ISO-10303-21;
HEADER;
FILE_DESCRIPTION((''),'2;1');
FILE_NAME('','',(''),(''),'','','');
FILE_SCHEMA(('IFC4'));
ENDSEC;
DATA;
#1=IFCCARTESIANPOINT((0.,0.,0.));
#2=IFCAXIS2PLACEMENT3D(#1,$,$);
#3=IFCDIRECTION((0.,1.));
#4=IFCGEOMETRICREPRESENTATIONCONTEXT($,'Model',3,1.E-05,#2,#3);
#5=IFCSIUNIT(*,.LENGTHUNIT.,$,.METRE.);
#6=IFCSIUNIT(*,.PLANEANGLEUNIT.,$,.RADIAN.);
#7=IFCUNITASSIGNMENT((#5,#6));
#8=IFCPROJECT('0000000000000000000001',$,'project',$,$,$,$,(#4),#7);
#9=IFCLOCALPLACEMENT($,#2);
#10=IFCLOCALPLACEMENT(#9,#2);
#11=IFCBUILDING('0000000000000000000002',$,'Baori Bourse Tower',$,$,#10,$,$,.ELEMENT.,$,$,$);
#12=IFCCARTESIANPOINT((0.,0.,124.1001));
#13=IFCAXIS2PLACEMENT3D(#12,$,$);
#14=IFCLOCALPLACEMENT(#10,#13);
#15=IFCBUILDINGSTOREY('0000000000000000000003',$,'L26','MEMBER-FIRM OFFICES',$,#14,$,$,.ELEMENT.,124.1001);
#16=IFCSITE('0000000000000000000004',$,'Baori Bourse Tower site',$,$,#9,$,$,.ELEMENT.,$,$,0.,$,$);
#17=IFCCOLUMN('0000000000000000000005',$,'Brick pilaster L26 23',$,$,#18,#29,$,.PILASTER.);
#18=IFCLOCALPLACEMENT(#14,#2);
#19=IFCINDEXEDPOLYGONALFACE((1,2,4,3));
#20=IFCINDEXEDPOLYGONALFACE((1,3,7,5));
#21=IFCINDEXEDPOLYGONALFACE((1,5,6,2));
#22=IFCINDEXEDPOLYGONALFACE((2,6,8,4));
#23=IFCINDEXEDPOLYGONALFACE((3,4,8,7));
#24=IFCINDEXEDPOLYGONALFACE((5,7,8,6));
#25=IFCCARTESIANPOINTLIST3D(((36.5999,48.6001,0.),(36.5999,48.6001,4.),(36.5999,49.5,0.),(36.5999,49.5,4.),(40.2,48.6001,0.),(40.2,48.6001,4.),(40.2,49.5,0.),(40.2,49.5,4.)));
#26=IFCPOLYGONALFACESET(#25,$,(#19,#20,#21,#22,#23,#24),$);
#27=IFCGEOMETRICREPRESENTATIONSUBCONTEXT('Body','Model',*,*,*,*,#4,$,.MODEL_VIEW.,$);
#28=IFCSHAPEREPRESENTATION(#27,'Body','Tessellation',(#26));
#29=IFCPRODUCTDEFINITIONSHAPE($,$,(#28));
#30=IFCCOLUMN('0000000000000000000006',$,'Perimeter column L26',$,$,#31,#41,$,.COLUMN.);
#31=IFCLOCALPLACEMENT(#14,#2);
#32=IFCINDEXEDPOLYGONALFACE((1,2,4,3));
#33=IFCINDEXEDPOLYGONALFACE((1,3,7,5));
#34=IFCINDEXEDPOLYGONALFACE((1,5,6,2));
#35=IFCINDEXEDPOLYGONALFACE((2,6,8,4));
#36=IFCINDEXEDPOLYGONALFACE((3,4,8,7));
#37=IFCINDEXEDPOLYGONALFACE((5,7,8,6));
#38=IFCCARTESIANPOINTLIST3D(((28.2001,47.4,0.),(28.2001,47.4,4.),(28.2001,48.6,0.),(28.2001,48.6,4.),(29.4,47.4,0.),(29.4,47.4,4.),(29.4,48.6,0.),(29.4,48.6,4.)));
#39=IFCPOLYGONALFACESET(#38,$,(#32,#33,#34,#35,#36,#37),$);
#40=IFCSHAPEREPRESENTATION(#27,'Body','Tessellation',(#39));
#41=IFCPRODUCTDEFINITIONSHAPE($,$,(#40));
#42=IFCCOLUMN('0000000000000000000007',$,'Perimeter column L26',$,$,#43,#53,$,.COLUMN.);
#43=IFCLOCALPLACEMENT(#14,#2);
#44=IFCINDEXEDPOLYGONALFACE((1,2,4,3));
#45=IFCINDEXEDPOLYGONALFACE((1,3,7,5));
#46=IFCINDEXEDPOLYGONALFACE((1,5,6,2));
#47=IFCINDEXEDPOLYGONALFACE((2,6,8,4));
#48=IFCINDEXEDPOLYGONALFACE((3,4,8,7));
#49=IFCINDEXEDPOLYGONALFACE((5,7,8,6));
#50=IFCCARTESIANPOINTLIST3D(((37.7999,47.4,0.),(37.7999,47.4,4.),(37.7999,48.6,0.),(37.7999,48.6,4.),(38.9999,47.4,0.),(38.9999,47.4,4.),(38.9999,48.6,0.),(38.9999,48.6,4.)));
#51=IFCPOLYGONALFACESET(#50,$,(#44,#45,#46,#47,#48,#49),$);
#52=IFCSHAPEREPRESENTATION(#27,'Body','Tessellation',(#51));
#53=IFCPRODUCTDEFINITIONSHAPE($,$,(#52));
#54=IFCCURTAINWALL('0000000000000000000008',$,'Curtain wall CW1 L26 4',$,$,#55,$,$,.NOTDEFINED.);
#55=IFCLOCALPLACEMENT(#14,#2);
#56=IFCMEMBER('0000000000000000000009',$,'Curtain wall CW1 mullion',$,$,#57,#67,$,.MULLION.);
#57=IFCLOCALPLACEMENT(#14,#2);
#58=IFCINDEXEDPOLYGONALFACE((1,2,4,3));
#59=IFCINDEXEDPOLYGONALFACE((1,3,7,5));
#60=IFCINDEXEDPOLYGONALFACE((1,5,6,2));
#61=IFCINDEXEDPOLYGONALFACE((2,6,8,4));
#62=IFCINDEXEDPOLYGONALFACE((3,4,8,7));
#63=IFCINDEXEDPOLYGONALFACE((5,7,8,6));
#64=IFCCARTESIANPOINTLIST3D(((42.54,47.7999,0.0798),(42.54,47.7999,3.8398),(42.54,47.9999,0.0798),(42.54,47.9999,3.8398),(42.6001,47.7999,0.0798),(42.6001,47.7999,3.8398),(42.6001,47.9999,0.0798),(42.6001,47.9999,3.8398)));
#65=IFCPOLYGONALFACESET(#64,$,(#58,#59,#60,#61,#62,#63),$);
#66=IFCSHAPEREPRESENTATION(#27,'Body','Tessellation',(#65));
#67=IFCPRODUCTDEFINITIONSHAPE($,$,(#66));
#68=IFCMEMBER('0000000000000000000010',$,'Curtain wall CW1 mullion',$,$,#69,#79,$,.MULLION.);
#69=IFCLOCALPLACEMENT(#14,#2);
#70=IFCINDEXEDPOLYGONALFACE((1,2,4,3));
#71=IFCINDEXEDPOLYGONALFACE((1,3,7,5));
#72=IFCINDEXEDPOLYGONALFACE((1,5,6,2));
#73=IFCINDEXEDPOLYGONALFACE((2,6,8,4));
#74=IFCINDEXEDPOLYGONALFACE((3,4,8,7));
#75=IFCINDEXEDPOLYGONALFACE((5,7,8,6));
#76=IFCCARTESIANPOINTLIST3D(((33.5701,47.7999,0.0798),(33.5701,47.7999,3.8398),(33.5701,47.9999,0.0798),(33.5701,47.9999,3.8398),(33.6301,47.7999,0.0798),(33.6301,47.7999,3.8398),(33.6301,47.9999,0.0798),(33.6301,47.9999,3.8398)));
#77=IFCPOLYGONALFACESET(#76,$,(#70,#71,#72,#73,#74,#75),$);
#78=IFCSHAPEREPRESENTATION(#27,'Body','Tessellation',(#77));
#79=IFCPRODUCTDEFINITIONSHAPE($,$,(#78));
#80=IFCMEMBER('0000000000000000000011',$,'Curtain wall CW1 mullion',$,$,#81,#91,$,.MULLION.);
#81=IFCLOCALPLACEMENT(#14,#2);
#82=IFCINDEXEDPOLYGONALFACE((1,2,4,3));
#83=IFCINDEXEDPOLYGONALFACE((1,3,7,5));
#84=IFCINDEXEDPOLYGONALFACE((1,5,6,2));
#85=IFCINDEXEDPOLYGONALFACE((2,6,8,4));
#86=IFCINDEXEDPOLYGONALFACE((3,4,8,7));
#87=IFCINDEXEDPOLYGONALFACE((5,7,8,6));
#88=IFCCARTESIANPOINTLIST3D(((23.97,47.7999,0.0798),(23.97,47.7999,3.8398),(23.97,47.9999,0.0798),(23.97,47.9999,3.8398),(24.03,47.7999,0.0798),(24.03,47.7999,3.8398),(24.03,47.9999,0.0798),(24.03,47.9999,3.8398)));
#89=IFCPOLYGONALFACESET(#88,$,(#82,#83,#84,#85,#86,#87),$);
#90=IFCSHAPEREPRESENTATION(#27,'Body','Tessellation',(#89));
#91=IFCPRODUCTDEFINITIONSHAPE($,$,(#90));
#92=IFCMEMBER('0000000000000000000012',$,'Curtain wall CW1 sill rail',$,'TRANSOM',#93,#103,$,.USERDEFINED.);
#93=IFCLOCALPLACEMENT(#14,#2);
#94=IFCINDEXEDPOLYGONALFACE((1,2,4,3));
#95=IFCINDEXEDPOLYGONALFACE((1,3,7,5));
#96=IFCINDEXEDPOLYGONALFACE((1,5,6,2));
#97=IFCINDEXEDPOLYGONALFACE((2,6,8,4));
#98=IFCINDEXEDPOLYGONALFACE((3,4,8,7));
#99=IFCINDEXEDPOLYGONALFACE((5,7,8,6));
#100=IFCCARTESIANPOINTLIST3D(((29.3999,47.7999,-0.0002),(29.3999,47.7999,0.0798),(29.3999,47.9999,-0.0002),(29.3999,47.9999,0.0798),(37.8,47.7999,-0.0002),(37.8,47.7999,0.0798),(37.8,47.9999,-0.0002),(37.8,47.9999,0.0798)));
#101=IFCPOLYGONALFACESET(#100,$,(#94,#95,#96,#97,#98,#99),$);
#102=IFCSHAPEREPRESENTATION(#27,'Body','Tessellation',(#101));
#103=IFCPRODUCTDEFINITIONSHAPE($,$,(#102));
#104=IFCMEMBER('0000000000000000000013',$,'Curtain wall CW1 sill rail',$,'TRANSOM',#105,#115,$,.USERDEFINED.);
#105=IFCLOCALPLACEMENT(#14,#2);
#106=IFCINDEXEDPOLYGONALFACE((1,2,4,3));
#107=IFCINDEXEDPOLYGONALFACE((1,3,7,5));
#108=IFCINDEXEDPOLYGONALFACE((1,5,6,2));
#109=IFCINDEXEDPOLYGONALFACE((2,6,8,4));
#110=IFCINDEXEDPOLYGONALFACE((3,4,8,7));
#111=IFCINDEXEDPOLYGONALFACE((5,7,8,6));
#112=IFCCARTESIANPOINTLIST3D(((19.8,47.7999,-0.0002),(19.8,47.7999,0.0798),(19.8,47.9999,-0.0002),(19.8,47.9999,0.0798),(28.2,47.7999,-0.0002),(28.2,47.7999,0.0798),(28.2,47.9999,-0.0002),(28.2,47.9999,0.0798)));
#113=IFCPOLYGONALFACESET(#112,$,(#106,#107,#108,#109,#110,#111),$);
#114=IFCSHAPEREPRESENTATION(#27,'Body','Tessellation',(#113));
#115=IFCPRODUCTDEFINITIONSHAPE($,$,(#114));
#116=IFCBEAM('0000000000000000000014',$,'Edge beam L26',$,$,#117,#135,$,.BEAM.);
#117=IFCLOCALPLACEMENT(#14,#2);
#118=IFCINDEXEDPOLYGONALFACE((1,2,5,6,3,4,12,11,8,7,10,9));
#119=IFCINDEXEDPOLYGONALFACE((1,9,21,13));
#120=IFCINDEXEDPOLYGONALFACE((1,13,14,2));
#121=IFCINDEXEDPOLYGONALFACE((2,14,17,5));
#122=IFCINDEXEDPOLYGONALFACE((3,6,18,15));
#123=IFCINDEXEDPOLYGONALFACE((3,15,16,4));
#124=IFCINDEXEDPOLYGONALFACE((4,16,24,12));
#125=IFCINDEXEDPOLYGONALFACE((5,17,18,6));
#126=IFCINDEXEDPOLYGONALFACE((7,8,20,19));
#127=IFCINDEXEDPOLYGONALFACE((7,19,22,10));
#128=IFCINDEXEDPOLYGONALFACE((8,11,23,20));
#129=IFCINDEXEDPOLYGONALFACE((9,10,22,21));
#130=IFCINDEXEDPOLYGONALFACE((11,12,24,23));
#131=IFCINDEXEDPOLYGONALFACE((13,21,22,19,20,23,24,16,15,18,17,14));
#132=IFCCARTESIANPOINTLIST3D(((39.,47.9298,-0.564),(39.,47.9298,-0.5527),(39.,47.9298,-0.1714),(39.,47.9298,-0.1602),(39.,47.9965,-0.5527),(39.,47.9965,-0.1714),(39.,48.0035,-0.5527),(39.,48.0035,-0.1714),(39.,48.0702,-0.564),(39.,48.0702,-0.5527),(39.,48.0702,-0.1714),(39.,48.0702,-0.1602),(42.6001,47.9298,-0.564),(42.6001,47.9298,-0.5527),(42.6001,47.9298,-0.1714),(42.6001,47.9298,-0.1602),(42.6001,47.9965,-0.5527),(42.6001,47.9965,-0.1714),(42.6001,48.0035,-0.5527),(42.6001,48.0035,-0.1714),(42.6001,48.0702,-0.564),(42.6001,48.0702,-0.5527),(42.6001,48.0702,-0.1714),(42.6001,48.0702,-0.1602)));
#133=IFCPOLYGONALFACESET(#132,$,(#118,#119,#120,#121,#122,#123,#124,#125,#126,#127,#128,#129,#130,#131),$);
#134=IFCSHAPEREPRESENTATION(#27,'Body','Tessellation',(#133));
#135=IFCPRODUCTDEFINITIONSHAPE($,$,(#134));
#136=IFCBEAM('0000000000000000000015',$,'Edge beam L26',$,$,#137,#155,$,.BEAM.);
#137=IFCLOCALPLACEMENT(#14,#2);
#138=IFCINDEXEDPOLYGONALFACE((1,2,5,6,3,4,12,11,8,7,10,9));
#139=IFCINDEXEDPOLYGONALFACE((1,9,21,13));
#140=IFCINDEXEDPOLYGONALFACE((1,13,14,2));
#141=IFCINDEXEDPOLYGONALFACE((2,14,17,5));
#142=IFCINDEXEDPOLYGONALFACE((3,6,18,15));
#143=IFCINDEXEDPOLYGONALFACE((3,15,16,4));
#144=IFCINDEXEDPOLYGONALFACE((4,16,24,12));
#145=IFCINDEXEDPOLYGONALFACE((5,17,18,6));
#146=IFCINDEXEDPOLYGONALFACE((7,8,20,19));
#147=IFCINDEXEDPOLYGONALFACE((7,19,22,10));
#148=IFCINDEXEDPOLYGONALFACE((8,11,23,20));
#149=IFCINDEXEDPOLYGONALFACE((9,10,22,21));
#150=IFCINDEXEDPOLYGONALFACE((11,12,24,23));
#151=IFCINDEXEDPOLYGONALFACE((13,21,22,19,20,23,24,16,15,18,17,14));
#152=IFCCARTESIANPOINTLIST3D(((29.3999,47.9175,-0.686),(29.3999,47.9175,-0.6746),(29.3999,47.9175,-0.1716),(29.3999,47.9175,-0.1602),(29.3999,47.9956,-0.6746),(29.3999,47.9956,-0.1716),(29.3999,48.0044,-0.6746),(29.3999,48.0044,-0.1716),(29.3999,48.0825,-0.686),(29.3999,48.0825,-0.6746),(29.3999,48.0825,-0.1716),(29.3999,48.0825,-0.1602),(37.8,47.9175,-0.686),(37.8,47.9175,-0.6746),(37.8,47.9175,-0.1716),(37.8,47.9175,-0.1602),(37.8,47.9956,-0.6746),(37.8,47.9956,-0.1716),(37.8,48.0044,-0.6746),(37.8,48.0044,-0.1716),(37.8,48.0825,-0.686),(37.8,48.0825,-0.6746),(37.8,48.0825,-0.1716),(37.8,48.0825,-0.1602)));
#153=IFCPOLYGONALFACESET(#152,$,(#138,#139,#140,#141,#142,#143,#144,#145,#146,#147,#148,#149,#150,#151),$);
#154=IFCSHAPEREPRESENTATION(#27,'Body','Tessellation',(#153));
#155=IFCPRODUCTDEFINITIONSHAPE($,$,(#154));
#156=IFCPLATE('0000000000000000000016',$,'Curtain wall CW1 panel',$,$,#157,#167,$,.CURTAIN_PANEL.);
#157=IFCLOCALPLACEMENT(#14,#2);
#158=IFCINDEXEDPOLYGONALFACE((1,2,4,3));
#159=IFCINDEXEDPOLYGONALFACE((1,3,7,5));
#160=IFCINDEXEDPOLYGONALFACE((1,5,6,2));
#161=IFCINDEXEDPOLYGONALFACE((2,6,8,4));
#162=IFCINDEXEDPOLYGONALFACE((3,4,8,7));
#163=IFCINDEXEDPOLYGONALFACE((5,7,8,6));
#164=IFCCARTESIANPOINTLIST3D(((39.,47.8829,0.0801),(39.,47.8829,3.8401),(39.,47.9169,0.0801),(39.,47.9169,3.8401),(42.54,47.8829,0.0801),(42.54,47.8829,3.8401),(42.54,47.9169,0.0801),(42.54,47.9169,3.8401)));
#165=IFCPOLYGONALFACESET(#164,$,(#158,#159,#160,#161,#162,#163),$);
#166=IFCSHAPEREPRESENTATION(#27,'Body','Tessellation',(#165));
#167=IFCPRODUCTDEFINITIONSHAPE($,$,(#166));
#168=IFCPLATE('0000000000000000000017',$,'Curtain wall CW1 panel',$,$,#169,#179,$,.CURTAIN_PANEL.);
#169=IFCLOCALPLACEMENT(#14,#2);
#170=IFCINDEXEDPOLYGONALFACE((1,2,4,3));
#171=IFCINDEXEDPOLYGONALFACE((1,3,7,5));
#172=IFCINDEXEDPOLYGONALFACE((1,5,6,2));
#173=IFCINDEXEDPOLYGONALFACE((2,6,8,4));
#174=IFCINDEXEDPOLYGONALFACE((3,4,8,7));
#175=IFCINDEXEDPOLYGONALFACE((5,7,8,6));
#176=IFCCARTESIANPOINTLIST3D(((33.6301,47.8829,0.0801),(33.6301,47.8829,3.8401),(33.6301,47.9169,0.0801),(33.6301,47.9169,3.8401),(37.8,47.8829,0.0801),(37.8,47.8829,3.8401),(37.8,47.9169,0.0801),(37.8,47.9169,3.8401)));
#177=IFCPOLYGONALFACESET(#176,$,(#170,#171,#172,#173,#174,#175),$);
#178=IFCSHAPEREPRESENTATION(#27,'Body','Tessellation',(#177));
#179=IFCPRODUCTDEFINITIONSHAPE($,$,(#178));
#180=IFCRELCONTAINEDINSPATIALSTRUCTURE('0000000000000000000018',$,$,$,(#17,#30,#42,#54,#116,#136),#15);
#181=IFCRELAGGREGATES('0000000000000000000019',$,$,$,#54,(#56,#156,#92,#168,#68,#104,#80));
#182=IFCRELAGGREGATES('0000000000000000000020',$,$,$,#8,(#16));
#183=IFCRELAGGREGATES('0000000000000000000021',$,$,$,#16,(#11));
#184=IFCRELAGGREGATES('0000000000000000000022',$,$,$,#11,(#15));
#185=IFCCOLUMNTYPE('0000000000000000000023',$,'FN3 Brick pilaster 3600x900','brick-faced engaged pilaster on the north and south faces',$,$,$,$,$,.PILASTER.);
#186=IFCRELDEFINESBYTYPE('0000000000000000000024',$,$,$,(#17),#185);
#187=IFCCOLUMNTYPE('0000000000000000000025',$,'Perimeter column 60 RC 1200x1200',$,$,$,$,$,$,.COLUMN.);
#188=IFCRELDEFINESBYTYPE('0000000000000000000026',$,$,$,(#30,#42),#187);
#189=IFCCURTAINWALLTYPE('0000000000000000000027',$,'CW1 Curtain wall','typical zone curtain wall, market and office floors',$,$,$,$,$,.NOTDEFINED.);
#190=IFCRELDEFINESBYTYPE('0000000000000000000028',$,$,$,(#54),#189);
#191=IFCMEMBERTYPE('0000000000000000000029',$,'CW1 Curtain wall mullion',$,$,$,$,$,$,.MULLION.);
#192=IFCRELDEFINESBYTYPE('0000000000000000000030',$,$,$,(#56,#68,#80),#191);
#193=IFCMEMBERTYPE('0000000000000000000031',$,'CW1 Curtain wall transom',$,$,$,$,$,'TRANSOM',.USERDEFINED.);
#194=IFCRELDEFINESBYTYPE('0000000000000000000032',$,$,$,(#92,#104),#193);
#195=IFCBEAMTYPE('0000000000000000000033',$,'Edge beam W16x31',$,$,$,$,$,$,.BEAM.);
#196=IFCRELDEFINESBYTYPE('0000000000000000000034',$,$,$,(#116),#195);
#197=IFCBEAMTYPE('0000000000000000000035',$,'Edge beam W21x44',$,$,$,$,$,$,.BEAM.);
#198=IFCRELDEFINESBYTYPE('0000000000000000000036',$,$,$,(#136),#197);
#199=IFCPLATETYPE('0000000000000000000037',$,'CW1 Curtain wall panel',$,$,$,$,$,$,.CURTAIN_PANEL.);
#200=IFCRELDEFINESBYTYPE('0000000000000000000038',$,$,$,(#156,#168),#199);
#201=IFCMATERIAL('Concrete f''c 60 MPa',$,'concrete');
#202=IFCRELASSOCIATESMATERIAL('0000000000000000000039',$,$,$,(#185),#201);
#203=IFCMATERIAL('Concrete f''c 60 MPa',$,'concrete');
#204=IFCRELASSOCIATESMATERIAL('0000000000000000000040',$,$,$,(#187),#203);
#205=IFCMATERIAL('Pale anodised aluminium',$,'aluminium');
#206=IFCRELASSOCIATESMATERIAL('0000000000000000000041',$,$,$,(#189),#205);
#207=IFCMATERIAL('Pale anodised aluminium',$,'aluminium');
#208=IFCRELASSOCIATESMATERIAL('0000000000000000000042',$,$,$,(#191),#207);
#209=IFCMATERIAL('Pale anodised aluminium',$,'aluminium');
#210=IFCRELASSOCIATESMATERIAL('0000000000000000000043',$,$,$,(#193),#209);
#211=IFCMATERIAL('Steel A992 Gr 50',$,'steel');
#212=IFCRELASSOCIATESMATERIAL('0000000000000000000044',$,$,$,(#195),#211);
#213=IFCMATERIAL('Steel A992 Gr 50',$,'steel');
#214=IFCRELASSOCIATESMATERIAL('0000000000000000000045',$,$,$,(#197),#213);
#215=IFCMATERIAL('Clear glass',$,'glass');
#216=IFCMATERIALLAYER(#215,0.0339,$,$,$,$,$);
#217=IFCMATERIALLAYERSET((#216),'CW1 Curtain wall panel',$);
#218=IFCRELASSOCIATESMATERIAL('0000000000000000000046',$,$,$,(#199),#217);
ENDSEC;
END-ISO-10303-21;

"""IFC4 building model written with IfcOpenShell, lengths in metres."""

from ifc_helpers import new_model, si_unit, direction, frame, origin, origin_2d, place, context, subcontext, project, spatial, rectangle, i_section, extrude, material, layer, layer_set, material_profile, profile_set, type_object, element, aggregate, save


model = new_model("IFC4")

# Units and contexts
model_context = context("Model", 3, precision=1e-05, world=origin(), true_north=direction((0.0, 1.0)))
body_context = subcontext(model_context, "Body", "Model", "MODEL_VIEW")
ifc_project = project(units=[si_unit("LENGTHUNIT", "METRE"), si_unit("PLANEANGLEUNIT", "RADIAN")], contexts=[model_context])

# Site, building, storey
site_placement = place(None, origin())
site = spatial("IfcSite", under=ifc_project, at=site_placement, Name="Baori Bourse Tower site", CompositionType="ELEMENT", RefElevation=0.0)
building_placement = place(site_placement, origin())
building = spatial("IfcBuilding", under=site, at=building_placement, Name="Baori Bourse Tower", CompositionType="ELEMENT")
storey_placement = place(building_placement, frame((0.0, 0.0, 124.1001)))
storey = spatial("IfcBuildingStorey", under=building, at=storey_placement, Name="L26", Description="MEMBER-FIRM OFFICES", CompositionType="ELEMENT", Elevation=124.1001)

# Columns
ifc_material_1 = material(Name="Concrete f'c 60 MPa", Category="concrete")
ifc_material_profile_1 = material_profile(ifc_material_1, rectangle(XDim=3.6001, YDim=0.8999, at=origin_2d()), Name="RC 3600x900")
ifc_profile_set_1 = profile_set([ifc_material_profile_1], Name="Concrete f'c 60 MPa")
column_type_1 = type_object("IfcColumnType", Name="FN3 Brick pilaster 3600x900", Description="brick-faced engaged pilaster on the north and south faces", PredefinedType="PILASTER", material=ifc_profile_set_1)
column_placement = place(storey_placement, frame((38.3999, 49.05, 0.0), z_axis=(0.0, 0.0, 1.0), x_axis=(1.0, 0.0, 0.0)))
element("IfcColumn", 1, at=column_placement, inside=storey, type_object=column_type_1, Name="Brick pilaster L26 23", PredefinedType="PILASTER", context=body_context, shape_type="SweptSolid", body=[
    extrude(rectangle(XDim=3.6001, YDim=0.8999, at=origin_2d()), origin(), (0.0, 0.0, 1.0), 4.0),
])
ifc_material_2 = material(Name="Concrete f'c 60 MPa", Category="concrete")
ifc_material_profile_2 = material_profile(ifc_material_2, rectangle(XDim=1.2, YDim=1.2, at=origin_2d()), Name="RC 1200x1200")
ifc_profile_set_2 = profile_set([ifc_material_profile_2], Name="Concrete f'c 60 MPa")
column_type_2 = type_object("IfcColumnType", Name="Perimeter column 60 RC 1200x1200", PredefinedType="COLUMN", material=ifc_profile_set_2)
for number, where, z_axis, x_axis, name in (
    (2, (28.8, 48.0, 0.0), (0.0, 0.0, 1.0), (1.0, 0.0, 0.0), "Perimeter column L26"),
    (3, (38.3999, 48.0, 0.0), (0.0, 0.0, 1.0), (1.0, 0.0, 0.0), "Perimeter column L26"),
):
    element("IfcColumn", number, at=place(storey_placement, frame(where, z_axis=z_axis, x_axis=x_axis)), inside=storey, type_object=column_type_2, Name=name, PredefinedType="COLUMN", context=body_context, shape_type="SweptSolid", body=[
        extrude(rectangle(XDim=1.2, YDim=1.2, at=origin_2d()), origin(), (0.0, 0.0, 1.0), 4.0),
    ])

# Curtain wall, members
ifc_material_3 = material(Name="Pale anodised aluminium", Category="aluminium")
curtain_wall_type = type_object("IfcCurtainWallType", Name="CW1 Curtain wall", Description="typical zone curtain wall, market and office floors", PredefinedType="NOTDEFINED", material=ifc_material_3)
curtain_wall_placement = place(storey_placement, origin())
curtain_wall = element("IfcCurtainWall", 4, at=curtain_wall_placement, inside=storey, type_object=curtain_wall_type, Name="Curtain wall CW1 L26 4", PredefinedType="NOTDEFINED")
ifc_material_4 = material(Name="Pale anodised aluminium", Category="aluminium")
ifc_material_profile_3 = material_profile(ifc_material_4, rectangle(XDim=0.2, YDim=0.0601, at=origin_2d()), Name="Mullion 60x200")
ifc_profile_set_3 = profile_set([ifc_material_profile_3], Name="Pale anodised aluminium")
member_type_1 = type_object("IfcMemberType", Name="CW1 Curtain wall mullion", PredefinedType="MULLION", material=ifc_profile_set_3)
member_1_placement = place(storey_placement, frame((42.5701, 47.8999, 0.0798), z_axis=(0.0, 0.0, 1.0), x_axis=(0.0, -1.0, 0.0)))
member_1 = element("IfcMember", 5, at=member_1_placement, type_object=member_type_1, Name="Curtain wall CW1 mullion", PredefinedType="MULLION", context=body_context, shape_type="SweptSolid", body=[
    extrude(rectangle(XDim=0.2, YDim=0.0601, at=origin_2d()), origin(), (0.0, 0.0, 1.0), 3.76),
])
member_2_placement = place(storey_placement, frame((33.6001, 47.8999, 0.0798), z_axis=(0.0, 0.0, 1.0), x_axis=(0.0, -1.0, 0.0)))
member_2 = element("IfcMember", 6, at=member_2_placement, type_object=member_type_1, Name="Curtain wall CW1 mullion", PredefinedType="MULLION", context=body_context, shape_type="SweptSolid", body=[
    extrude(rectangle(XDim=0.2, YDim=0.0601, at=origin_2d()), origin(), (0.0, 0.0, 1.0), 3.76),
])
member_3_placement = place(storey_placement, frame((24.0, 47.8999, 0.0798), z_axis=(0.0, 0.0, 1.0), x_axis=(0.0, -1.0, 0.0)))
member_3 = element("IfcMember", 7, at=member_3_placement, type_object=member_type_1, Name="Curtain wall CW1 mullion", PredefinedType="MULLION", context=body_context, shape_type="SweptSolid", body=[
    extrude(rectangle(XDim=0.2, YDim=0.0601, at=origin_2d()), origin(), (0.0, 0.0, 1.0), 3.76),
])
ifc_material_5 = material(Name="Pale anodised aluminium", Category="aluminium")
ifc_material_profile_4 = material_profile(ifc_material_5, rectangle(XDim=0.2, YDim=0.0801, at=origin_2d()), Name="Transom 80x200")
ifc_profile_set_4 = profile_set([ifc_material_profile_4], Name="Pale anodised aluminium")
member_type_2 = type_object("IfcMemberType", Name="CW1 Curtain wall transom", ElementType="TRANSOM", PredefinedType="USERDEFINED", material=ifc_profile_set_4)
member_4_placement = place(storey_placement, frame((37.8, 47.8999, 0.0398), z_axis=(-1.0, 0.0, 0.0), x_axis=(0.0, -1.0, 0.0)))
member_4 = element("IfcMember", 8, at=member_4_placement, type_object=member_type_2, Name="Curtain wall CW1 sill rail", ObjectType="TRANSOM", PredefinedType="USERDEFINED", context=body_context, shape_type="SweptSolid", body=[
    extrude(rectangle(XDim=0.2, YDim=0.0801, at=origin_2d()), origin(), (0.0, 0.0, 1.0), 8.4001),
])
member_5_placement = place(storey_placement, frame((28.2, 47.8999, 0.0398), z_axis=(-1.0, 0.0, 0.0), x_axis=(0.0, -1.0, 0.0)))
member_5 = element("IfcMember", 9, at=member_5_placement, type_object=member_type_2, Name="Curtain wall CW1 sill rail", ObjectType="TRANSOM", PredefinedType="USERDEFINED", context=body_context, shape_type="SweptSolid", body=[
    extrude(rectangle(XDim=0.2, YDim=0.0801, at=origin_2d()), origin(), (0.0, 0.0, 1.0), 8.3999),
])

# Beams
ifc_material_6 = material(Name="Steel A992 Gr 50", Category="steel")
ifc_material_profile_5 = material_profile(ifc_material_6, i_section(OverallWidth=0.1404, OverallDepth=0.4038, WebThickness=0.0071, FlangeThickness=0.0112, at=origin_2d()), Name="W16x31")
ifc_profile_set_5 = profile_set([ifc_material_profile_5], Name="Steel A992 Gr 50")
beam_type_1 = type_object("IfcBeamType", Name="Edge beam W16x31", PredefinedType="BEAM", material=ifc_profile_set_5)
beam_1_placement = place(storey_placement, frame((39.0, 48.0, -0.3621), z_axis=(1.0, 0.0, 0.0), x_axis=(0.0, 1.0, 0.0)))
element("IfcBeam", 10, at=beam_1_placement, inside=storey, type_object=beam_type_1, Name="Edge beam L26", PredefinedType="BEAM", context=body_context, shape_type="SweptSolid", body=[
    extrude(i_section(OverallWidth=0.1404, OverallDepth=0.4038, WebThickness=0.0071, FlangeThickness=0.0112, at=origin_2d()), origin(), (0.0, 0.0, 1.0), 3.6001),
])
ifc_material_7 = material(Name="Steel A992 Gr 50", Category="steel")
ifc_material_profile_6 = material_profile(ifc_material_7, i_section(OverallWidth=0.165, OverallDepth=0.5259, WebThickness=0.0088, FlangeThickness=0.0115, at=origin_2d()), Name="W21x44")
ifc_profile_set_6 = profile_set([ifc_material_profile_6], Name="Steel A992 Gr 50")
beam_type_2 = type_object("IfcBeamType", Name="Edge beam W21x44", PredefinedType="BEAM", material=ifc_profile_set_6)
beam_2_placement = place(storey_placement, frame((29.3999, 48.0, -0.4231), z_axis=(1.0, 0.0, 0.0), x_axis=(0.0, 1.0, 0.0)))
element("IfcBeam", 11, at=beam_2_placement, inside=storey, type_object=beam_type_2, Name="Edge beam L26", PredefinedType="BEAM", context=body_context, shape_type="SweptSolid", body=[
    extrude(i_section(OverallWidth=0.165, OverallDepth=0.5259, WebThickness=0.0088, FlangeThickness=0.0115, at=origin_2d()), origin(), (0.0, 0.0, 1.0), 8.4001),
])

# Plates
ifc_material_8 = material(Name="Clear glass", Category="glass")
ifc_layer = layer(ifc_material_8, 0.0339)
ifc_layer_set = layer_set([ifc_layer], Name="CW1 Curtain wall panel")
plate_type = type_object("IfcPlateType", Name="CW1 Curtain wall panel", PredefinedType="CURTAIN_PANEL", material=ifc_layer_set)
plate_1_placement = place(storey_placement, frame((40.77, 47.8999, 0.0801), z_axis=(0.0, 0.0, 1.0), x_axis=(-1.0, 0.0, 0.0)))
plate_1 = element("IfcPlate", 12, at=plate_1_placement, type_object=plate_type, Name="Curtain wall CW1 panel", PredefinedType="CURTAIN_PANEL", context=body_context, shape_type="SweptSolid", body=[
    extrude(rectangle(XDim=3.54, YDim=0.0339, at=origin_2d()), origin(), (0.0, 0.0, 1.0), 3.76),
])
plate_2_placement = place(storey_placement, frame((35.7151, 47.8999, 0.0801), z_axis=(0.0, 0.0, 1.0), x_axis=(-1.0, 0.0, 0.0)))
plate_2 = element("IfcPlate", 13, at=plate_2_placement, type_object=plate_type, Name="Curtain wall CW1 panel", PredefinedType="CURTAIN_PANEL", context=body_context, shape_type="SweptSolid", body=[
    extrude(rectangle(XDim=4.1699, YDim=0.0339, at=origin_2d()), origin(), (0.0, 0.0, 1.0), 3.76),
])
aggregate(curtain_wall, [member_1, plate_1, member_4, plate_2, member_2, member_5, member_3])

save(model, "model.ifc")
